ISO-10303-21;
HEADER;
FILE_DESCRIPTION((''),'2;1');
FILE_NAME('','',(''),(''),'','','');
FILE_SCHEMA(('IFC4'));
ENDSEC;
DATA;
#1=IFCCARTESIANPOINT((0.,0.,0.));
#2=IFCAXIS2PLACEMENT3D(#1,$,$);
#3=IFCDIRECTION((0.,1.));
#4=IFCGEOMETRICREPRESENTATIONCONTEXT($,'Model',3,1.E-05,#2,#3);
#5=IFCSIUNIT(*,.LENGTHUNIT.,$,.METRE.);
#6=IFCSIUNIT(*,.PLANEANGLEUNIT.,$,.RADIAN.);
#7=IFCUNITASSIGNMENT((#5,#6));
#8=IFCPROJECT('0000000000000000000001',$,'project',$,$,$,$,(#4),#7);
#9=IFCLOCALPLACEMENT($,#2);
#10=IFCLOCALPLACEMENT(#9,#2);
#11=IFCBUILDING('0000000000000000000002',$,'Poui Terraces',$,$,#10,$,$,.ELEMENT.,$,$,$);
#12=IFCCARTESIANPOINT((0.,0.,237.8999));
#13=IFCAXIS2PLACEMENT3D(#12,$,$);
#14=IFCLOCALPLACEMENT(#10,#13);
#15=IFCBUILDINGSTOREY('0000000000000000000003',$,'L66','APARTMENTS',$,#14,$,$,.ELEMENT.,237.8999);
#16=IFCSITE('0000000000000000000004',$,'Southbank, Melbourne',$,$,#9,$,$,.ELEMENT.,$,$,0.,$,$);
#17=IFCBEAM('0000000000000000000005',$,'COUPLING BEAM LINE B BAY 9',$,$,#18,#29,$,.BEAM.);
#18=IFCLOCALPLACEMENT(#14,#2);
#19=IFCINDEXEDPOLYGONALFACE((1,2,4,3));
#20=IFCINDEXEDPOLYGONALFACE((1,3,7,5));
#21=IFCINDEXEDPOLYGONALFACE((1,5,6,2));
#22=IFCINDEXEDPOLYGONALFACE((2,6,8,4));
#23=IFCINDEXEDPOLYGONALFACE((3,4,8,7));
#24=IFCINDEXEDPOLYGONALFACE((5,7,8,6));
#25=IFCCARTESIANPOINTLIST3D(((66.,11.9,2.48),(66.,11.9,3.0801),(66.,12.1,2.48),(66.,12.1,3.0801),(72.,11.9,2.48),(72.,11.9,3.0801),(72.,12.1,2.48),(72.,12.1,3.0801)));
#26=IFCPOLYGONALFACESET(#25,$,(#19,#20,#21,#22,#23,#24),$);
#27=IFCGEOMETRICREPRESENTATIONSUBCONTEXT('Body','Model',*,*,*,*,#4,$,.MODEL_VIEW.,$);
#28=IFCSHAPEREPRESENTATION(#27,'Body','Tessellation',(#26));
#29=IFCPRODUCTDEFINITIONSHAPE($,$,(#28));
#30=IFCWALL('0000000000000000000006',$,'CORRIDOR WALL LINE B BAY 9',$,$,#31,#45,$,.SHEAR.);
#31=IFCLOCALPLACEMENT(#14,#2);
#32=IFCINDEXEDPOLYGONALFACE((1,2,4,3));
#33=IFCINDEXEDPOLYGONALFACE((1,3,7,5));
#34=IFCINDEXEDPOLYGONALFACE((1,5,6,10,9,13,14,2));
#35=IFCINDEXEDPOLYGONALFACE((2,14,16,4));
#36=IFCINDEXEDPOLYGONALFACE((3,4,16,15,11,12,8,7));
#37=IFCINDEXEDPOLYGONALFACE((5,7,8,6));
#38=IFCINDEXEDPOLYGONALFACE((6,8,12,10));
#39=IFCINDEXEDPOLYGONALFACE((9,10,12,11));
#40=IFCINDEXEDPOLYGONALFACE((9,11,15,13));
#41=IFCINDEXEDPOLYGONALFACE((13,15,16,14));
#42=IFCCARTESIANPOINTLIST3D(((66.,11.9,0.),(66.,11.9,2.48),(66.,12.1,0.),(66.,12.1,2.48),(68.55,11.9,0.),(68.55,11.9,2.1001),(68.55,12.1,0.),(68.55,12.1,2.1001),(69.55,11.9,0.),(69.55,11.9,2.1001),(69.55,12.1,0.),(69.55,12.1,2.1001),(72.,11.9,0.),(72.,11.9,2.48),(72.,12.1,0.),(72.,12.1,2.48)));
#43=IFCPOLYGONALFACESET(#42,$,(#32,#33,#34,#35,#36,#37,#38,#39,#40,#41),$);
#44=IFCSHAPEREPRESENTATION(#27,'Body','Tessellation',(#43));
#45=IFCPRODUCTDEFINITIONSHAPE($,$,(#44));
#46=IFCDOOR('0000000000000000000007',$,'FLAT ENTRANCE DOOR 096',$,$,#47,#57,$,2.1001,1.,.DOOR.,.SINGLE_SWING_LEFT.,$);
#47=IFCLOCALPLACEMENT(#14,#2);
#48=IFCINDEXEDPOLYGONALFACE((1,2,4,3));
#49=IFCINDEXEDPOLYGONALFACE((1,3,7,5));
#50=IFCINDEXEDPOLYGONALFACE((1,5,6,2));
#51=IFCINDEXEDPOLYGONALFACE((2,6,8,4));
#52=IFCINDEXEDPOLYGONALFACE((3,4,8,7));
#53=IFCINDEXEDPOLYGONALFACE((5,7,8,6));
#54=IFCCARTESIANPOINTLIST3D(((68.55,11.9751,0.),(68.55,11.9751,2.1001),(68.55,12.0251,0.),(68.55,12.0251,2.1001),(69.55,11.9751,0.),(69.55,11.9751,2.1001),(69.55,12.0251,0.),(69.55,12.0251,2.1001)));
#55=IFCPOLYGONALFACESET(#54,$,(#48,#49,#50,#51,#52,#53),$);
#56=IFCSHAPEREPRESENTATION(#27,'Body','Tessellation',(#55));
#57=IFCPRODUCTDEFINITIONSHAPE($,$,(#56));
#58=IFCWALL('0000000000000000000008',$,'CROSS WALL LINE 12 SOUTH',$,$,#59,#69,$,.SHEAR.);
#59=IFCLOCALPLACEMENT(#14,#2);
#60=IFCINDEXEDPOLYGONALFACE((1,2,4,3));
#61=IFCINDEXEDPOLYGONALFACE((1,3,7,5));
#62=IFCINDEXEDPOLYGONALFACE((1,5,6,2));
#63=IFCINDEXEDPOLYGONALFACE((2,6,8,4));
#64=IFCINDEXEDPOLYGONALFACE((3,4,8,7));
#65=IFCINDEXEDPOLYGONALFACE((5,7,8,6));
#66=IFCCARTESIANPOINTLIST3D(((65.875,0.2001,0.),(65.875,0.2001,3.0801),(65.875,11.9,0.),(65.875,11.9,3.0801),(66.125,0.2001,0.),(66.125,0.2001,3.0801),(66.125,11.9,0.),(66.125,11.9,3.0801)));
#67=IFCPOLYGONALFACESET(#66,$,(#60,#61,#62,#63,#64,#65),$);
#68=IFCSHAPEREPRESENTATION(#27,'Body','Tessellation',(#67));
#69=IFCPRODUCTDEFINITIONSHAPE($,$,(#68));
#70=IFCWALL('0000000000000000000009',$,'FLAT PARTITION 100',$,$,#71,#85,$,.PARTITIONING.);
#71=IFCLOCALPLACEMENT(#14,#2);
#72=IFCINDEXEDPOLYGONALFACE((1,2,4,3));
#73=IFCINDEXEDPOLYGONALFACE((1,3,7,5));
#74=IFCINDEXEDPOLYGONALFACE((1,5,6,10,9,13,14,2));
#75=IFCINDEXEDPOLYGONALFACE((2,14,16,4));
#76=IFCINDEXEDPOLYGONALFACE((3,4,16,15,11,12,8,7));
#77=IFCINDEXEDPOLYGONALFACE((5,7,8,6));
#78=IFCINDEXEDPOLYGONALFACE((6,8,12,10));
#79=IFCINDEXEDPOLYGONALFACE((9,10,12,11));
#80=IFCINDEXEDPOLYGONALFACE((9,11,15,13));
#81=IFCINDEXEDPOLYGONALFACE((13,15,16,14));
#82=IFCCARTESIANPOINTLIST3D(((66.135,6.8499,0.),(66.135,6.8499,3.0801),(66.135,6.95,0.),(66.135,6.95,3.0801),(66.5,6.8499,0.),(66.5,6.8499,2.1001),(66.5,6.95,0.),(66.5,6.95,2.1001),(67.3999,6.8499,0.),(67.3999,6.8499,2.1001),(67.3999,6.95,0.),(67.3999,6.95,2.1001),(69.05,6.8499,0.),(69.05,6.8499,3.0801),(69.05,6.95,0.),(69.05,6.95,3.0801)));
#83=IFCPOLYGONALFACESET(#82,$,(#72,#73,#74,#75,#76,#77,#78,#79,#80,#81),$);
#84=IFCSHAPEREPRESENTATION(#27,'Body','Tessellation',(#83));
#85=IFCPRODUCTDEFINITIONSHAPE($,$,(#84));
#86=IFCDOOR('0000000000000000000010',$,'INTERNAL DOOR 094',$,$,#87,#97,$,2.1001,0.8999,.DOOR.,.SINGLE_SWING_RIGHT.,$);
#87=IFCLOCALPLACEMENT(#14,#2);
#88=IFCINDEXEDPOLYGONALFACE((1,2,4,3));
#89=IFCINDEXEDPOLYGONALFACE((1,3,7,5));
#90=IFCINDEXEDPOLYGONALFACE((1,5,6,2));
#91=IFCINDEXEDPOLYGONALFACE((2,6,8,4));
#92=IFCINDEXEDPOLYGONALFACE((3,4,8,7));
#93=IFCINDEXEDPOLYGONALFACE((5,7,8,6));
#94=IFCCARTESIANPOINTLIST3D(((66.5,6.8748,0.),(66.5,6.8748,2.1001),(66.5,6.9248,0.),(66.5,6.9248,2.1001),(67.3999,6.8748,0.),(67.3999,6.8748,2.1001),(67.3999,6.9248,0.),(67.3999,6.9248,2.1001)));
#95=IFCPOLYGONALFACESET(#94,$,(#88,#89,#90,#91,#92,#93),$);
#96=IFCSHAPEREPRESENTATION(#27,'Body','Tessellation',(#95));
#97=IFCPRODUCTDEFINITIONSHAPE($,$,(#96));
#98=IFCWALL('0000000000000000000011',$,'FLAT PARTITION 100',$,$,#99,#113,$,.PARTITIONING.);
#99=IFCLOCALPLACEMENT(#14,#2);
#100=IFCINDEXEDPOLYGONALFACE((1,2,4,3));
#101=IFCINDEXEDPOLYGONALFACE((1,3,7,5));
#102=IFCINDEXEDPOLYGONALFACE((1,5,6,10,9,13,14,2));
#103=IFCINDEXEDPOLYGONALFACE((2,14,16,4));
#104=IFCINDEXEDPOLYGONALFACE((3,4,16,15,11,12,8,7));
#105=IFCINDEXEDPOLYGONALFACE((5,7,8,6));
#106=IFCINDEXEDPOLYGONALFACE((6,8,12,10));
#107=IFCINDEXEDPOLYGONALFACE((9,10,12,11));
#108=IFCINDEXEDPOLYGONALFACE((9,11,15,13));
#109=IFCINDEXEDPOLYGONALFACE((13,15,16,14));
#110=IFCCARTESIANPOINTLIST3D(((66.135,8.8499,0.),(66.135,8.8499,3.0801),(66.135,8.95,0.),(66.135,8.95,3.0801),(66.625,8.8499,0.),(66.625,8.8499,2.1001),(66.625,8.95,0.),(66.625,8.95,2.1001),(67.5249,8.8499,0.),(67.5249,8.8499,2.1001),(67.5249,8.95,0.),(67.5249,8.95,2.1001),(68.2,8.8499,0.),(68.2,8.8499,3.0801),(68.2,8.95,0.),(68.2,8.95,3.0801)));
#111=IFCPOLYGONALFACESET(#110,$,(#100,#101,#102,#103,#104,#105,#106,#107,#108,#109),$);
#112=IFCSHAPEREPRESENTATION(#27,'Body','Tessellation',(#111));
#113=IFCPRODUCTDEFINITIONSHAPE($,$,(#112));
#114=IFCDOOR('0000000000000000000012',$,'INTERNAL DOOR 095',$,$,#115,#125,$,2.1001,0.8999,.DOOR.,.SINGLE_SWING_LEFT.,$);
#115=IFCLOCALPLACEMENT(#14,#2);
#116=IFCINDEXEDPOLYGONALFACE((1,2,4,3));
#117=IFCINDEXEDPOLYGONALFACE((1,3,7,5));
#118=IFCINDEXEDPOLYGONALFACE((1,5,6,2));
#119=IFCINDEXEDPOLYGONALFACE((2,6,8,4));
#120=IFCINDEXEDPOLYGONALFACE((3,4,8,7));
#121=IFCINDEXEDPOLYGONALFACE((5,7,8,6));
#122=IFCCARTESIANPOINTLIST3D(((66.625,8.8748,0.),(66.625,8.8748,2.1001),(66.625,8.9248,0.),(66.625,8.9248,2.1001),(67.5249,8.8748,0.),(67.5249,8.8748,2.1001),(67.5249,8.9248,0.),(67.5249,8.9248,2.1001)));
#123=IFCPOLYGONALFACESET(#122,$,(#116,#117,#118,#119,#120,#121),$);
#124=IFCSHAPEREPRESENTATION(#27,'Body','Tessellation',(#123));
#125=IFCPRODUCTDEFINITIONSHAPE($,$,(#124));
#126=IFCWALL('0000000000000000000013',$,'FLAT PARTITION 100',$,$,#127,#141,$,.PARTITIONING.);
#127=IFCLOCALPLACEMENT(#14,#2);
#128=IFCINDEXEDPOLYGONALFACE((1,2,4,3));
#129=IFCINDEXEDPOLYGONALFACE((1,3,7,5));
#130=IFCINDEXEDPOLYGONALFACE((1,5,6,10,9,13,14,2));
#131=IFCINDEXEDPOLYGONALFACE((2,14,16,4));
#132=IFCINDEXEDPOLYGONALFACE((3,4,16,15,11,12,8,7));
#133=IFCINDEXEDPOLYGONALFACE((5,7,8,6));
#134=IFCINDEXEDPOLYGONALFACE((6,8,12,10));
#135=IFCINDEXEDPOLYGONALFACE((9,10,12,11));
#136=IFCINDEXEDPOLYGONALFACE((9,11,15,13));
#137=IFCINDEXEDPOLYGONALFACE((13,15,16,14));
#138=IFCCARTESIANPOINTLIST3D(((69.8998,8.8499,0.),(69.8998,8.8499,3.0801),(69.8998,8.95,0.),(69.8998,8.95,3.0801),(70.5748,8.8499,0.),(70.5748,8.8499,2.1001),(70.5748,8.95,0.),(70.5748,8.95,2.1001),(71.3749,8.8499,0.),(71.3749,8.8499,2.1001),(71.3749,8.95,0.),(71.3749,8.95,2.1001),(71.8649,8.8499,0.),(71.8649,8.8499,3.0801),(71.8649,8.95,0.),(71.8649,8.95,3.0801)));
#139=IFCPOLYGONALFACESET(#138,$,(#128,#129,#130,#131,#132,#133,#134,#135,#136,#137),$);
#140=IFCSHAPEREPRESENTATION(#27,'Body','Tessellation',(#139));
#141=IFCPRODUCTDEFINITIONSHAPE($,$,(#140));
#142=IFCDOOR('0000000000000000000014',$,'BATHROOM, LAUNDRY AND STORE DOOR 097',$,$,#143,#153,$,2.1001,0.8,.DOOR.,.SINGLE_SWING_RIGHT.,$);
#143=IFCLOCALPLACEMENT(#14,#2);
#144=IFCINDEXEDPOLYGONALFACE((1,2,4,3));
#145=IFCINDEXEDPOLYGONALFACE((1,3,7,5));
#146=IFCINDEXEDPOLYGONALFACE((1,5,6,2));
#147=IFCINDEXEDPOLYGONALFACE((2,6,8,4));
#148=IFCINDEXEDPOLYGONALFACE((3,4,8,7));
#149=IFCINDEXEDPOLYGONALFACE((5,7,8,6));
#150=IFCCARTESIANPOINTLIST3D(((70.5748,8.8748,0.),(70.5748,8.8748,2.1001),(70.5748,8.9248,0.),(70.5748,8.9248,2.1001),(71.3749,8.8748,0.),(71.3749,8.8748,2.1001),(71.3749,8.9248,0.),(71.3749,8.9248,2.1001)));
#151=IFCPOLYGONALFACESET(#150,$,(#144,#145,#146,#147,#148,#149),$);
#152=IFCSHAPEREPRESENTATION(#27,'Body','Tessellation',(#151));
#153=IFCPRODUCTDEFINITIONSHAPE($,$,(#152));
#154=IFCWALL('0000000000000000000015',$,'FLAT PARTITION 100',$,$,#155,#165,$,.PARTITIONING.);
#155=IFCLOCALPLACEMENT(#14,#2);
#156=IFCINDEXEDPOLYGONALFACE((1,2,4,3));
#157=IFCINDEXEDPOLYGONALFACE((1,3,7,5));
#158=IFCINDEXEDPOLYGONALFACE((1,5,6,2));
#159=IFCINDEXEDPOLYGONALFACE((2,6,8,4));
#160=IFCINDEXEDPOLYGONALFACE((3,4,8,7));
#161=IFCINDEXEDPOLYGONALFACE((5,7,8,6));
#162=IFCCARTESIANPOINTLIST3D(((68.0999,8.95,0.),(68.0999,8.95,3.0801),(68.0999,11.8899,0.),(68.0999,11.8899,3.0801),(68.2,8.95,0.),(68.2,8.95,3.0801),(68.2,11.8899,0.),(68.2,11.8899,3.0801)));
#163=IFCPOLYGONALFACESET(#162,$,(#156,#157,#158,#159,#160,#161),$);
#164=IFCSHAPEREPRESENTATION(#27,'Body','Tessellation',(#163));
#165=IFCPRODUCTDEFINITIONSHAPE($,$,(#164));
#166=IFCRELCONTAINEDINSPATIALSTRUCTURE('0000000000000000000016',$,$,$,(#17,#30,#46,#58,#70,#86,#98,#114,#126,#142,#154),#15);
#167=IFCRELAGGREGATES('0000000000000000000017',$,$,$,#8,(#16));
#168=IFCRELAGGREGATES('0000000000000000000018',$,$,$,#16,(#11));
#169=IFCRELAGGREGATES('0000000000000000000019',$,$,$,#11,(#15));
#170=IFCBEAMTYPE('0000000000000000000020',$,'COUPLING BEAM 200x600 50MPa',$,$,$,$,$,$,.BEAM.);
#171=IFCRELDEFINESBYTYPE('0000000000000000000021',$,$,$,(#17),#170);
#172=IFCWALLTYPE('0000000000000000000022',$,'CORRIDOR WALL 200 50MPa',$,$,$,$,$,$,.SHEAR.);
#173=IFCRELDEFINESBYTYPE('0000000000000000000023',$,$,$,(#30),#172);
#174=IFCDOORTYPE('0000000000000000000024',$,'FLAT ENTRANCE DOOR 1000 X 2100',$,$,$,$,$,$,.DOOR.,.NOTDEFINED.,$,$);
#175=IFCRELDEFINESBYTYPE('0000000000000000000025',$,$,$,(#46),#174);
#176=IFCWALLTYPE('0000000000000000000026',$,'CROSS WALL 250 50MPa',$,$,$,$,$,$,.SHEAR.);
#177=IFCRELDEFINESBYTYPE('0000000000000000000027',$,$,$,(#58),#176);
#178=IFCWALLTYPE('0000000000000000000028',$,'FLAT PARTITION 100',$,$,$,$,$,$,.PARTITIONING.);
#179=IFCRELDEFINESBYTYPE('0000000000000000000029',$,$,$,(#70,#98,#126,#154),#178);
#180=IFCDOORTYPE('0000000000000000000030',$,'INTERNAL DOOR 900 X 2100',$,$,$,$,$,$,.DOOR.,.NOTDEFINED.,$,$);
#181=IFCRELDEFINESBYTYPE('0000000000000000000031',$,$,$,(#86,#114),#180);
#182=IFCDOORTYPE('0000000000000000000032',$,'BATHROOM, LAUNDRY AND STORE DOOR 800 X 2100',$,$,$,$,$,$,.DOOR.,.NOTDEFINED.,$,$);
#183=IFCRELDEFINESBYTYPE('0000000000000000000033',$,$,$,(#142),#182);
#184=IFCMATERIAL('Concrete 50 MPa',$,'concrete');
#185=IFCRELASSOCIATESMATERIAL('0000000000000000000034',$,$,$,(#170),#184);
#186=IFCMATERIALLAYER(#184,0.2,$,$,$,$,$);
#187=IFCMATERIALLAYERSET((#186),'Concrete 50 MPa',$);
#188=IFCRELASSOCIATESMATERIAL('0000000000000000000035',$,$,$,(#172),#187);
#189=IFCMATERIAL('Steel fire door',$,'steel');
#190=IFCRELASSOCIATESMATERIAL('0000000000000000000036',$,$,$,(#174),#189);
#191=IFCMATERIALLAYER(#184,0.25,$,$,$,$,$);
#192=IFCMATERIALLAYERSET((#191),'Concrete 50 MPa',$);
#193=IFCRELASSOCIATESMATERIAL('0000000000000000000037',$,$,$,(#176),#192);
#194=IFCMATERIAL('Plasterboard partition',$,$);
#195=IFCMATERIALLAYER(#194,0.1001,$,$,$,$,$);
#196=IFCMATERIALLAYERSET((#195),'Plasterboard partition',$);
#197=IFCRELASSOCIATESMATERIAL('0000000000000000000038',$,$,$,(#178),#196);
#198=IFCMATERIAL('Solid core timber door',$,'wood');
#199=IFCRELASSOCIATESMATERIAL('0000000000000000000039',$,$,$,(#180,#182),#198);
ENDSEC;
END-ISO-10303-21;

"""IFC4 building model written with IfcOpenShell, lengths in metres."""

from ifc_helpers import new_model, si_unit, direction, frame, frame_2d, origin, origin_2d, place, context, subcontext, project, spatial, rectangle, extrude, source, transform, mapped, material, layer, layer_set, material_profile, profile_set, type_object, element, fill, save


model = new_model("IFC4")

# Units and contexts
model_context = context("Model", 3, precision=1e-05, world=origin(), true_north=direction((0.0, 1.0)))
body_context = subcontext(model_context, "Body", "Model", "MODEL_VIEW")
ifc_project = project(units=[si_unit("LENGTHUNIT", "METRE"), si_unit("PLANEANGLEUNIT", "RADIAN")], contexts=[model_context])

# Site, building, storey
site_placement = place(None, origin())
site = spatial("IfcSite", under=ifc_project, at=site_placement, Name="Southbank, Melbourne", CompositionType="ELEMENT", RefElevation=0.0)
building_placement = place(site_placement, origin())
building = spatial("IfcBuilding", under=site, at=building_placement, Name="Poui Terraces", CompositionType="ELEMENT")
storey_placement = place(building_placement, frame((0.0, 0.0, 237.8999)))
storey = spatial("IfcBuildingStorey", under=building, at=storey_placement, Name="L66", Description="APARTMENTS", CompositionType="ELEMENT", Elevation=237.8999)

# Beam
ifc_material_1 = material(Name="Concrete 50 MPa", Category="concrete")
ifc_material_profile = material_profile(ifc_material_1, rectangle(XDim=0.2, YDim=0.6001, at=origin_2d()), Name="RC 200x600")
ifc_profile_set = profile_set([ifc_material_profile], Name="Concrete 50 MPa")
beam_type = type_object("IfcBeamType", Name="COUPLING BEAM 200x600 50MPa", PredefinedType="BEAM", material=ifc_profile_set)
shared_shape_1 = source(origin(), body_context, "Body", "SweptSolid", [
    extrude(rectangle(XDim=0.2, YDim=0.6001, at=origin_2d()), origin(), (0.0, 0.0, 1.0), 6.0),
])
beam_placement = place(storey_placement, frame((66.0, 12.0, 2.78), z_axis=(1.0, 0.0, 0.0), x_axis=(0.0, 1.0, 0.0)))
element("IfcBeam", 1, at=beam_placement, inside=storey, type_object=beam_type, Name="COUPLING BEAM LINE B BAY 9", PredefinedType="BEAM", context=body_context, shape_type="MappedRepresentation", body=[
    mapped(shared_shape_1, transform((0.0, 0.0, 0.0))),
])

# Wall, opening, door
ifc_layer_1 = layer(ifc_material_1, 0.2)
ifc_layer_set_1 = layer_set([ifc_layer_1], Name="Concrete 50 MPa")
wall_type_1 = type_object("IfcWallType", Name="CORRIDOR WALL 200 50MPa", PredefinedType="SHEAR", material=ifc_layer_set_1)
wall_1_placement = place(storey_placement, frame((66.0, 12.0, 0.0), z_axis=(0.0, 0.0, 1.0), x_axis=(1.0, 0.0, 0.0)))
wall_1 = element("IfcWall", 2, at=wall_1_placement, inside=storey, type_object=wall_type_1, Name="CORRIDOR WALL LINE B BAY 9", PredefinedType="SHEAR", context=body_context, shape_type="SweptSolid", body=[
    extrude(rectangle(XDim=6.0, YDim=0.2, at=frame_2d((3.0, 0.0))), origin(), (0.0, 0.0, 1.0), 2.48),
])
opening_1_placement = place(wall_1_placement, frame((2.55, 0.0, 0.0)))
opening_1 = element("IfcOpeningElement", 3, at=opening_1_placement, cuts=wall_1, PredefinedType="OPENING", context=body_context, shape_type="SweptSolid", body=[
    extrude(rectangle(XDim=1.0, YDim=2.1001, at=frame_2d((0.5, 1.05))), frame((0.0, 0.1099, 0.0), z_axis=(0.0, -1.0, 0.0), x_axis=(1.0, 0.0, 0.0)), (0.0, 0.0, 1.0), 0.22),
])
ifc_material_2 = material(Name="Steel fire door", Category="steel")
door_type_1 = type_object("IfcDoorType", Name="FLAT ENTRANCE DOOR 1000 X 2100", OperationType="NOTDEFINED", PredefinedType="DOOR", material=ifc_material_2)
door_1_placement = place(opening_1_placement, frame((1.0, 0.0, 0.0), z_axis=(0.0, 0.0, 1.0), x_axis=(-1.0, 0.0, 0.0)))
door_1 = element("IfcDoor", 4, at=door_1_placement, inside=storey, type_object=door_type_1, Name="FLAT ENTRANCE DOOR 096", OperationType="SINGLE_SWING_LEFT", OverallHeight=2.1001, OverallWidth=1.0, PredefinedType="DOOR", context=body_context, shape_type="SweptSolid", body=[
    extrude(rectangle(XDim=1.0, YDim=2.1001, at=frame_2d((0.5, 1.05))), frame((0.0, 0.0249, 0.0), z_axis=(0.0, -1.0, 0.0), x_axis=(1.0, 0.0, 0.0)), (0.0, 0.0, 1.0), 0.05),
])
fill(opening_1, door_1)

# Wall
ifc_layer_2 = layer(ifc_material_1, 0.25)
ifc_layer_set_2 = layer_set([ifc_layer_2], Name="Concrete 50 MPa")
wall_type_2 = type_object("IfcWallType", Name="CROSS WALL 250 50MPa", PredefinedType="SHEAR", material=ifc_layer_set_2)
wall_2_placement = place(storey_placement, frame((66.0, 0.2, 0.0), z_axis=(0.0, 0.0, 1.0), x_axis=(0.0, 1.0, 0.0)))
element("IfcWall", 5, at=wall_2_placement, inside=storey, type_object=wall_type_2, Name="CROSS WALL LINE 12 SOUTH", PredefinedType="SHEAR", context=body_context, shape_type="SweptSolid", body=[
    extrude(rectangle(XDim=11.7, YDim=0.25, at=frame_2d((5.8501, 0.0))), origin(), (0.0, 0.0, 1.0), 3.0801),
])

# Walls, openings, doors
ifc_material_3 = material(Name="Plasterboard partition")
ifc_layer_3 = layer(ifc_material_3, 0.1001)
ifc_layer_set_3 = layer_set([ifc_layer_3], Name="Plasterboard partition")
wall_type_3 = type_object("IfcWallType", Name="FLAT PARTITION 100", PredefinedType="PARTITIONING", material=ifc_layer_set_3)
wall_3_placement = place(storey_placement, frame((66.135, 6.8999, 0.0), z_axis=(0.0, 0.0, 1.0), x_axis=(1.0, 0.0, 0.0)))
wall_3 = element("IfcWall", 6, at=wall_3_placement, inside=storey, type_object=wall_type_3, Name="FLAT PARTITION 100", PredefinedType="PARTITIONING", context=body_context, shape_type="SweptSolid", body=[
    extrude(rectangle(XDim=2.915, YDim=0.1001, at=frame_2d((1.4575, 0.0))), origin(), (0.0, 0.0, 1.0), 3.0801),
])
opening_2_placement = place(wall_3_placement, frame((0.365, 0.0, 0.0)))
opening_2 = element("IfcOpeningElement", 7, at=opening_2_placement, cuts=wall_3, PredefinedType="OPENING", context=body_context, shape_type="SweptSolid", body=[
    extrude(rectangle(XDim=0.8999, YDim=2.1001, at=frame_2d((0.45, 1.05))), frame((0.0, 0.0601, 0.0), z_axis=(0.0, -1.0, 0.0), x_axis=(1.0, 0.0, 0.0)), (0.0, 0.0, 1.0), 0.1201),
])
ifc_material_4 = material(Name="Solid core timber door", Category="wood")
door_type_2 = type_object("IfcDoorType", Name="INTERNAL DOOR 900 X 2100", OperationType="NOTDEFINED", PredefinedType="DOOR", material=ifc_material_4)
door_2_placement = place(opening_2_placement, origin())
door_2 = element("IfcDoor", 8, at=door_2_placement, inside=storey, type_object=door_type_2, Name="INTERNAL DOOR 094", OperationType="SINGLE_SWING_RIGHT", OverallHeight=2.1001, OverallWidth=0.8999, PredefinedType="DOOR", context=body_context, shape_type="SweptSolid", body=[
    extrude(rectangle(XDim=0.8999, YDim=2.1001, at=frame_2d((0.45, 1.05))), frame((0.0, 0.0249, 0.0), z_axis=(0.0, -1.0, 0.0), x_axis=(1.0, 0.0, 0.0)), (0.0, 0.0, 1.0), 0.05),
])
fill(opening_2, door_2)
wall_4_placement = place(storey_placement, frame((66.135, 8.8999, 0.0), z_axis=(0.0, 0.0, 1.0), x_axis=(1.0, 0.0, 0.0)))
wall_4 = element("IfcWall", 9, at=wall_4_placement, inside=storey, type_object=wall_type_3, Name="FLAT PARTITION 100", PredefinedType="PARTITIONING", context=body_context, shape_type="SweptSolid", body=[
    extrude(rectangle(XDim=2.0649, YDim=0.1001, at=frame_2d((1.0325, 0.0))), origin(), (0.0, 0.0, 1.0), 3.0801),
])
opening_3_placement = place(wall_4_placement, frame((0.49, 0.0, 0.0)))
opening_3 = element("IfcOpeningElement", 10, at=opening_3_placement, cuts=wall_4, PredefinedType="OPENING", context=body_context, shape_type="SweptSolid", body=[
    extrude(rectangle(XDim=0.8999, YDim=2.1001, at=frame_2d((0.45, 1.05))), frame((0.0, 0.0601, 0.0), z_axis=(0.0, -1.0, 0.0), x_axis=(1.0, 0.0, 0.0)), (0.0, 0.0, 1.0), 0.1201),
])
door_3_placement = place(opening_3_placement, origin())
door_3 = element("IfcDoor", 11, at=door_3_placement, inside=storey, type_object=door_type_2, Name="INTERNAL DOOR 095", OperationType="SINGLE_SWING_LEFT", OverallHeight=2.1001, OverallWidth=0.8999, PredefinedType="DOOR", context=body_context, shape_type="SweptSolid", body=[
    extrude(rectangle(XDim=0.8999, YDim=2.1001, at=frame_2d((0.45, 1.05))), frame((0.0, 0.0249, 0.0), z_axis=(0.0, -1.0, 0.0), x_axis=(1.0, 0.0, 0.0)), (0.0, 0.0, 1.0), 0.05),
])
fill(opening_3, door_3)
wall_5_placement = place(storey_placement, frame((69.8999, 8.8999, 0.0), z_axis=(0.0, 0.0, 1.0), x_axis=(1.0, 0.0, 0.0)))
wall_5 = element("IfcWall", 12, at=wall_5_placement, inside=storey, type_object=wall_type_3, Name="FLAT PARTITION 100", PredefinedType="PARTITIONING", context=body_context, shape_type="SweptSolid", body=[
    extrude(rectangle(XDim=1.9651, YDim=0.1001, at=frame_2d((0.9824, 0.0))), origin(), (0.0, 0.0, 1.0), 3.0801),
])
opening_4_placement = place(wall_5_placement, frame((0.675, 0.0, 0.0)))
opening_4 = element("IfcOpeningElement", 13, at=opening_4_placement, cuts=wall_5, PredefinedType="OPENING", context=body_context, shape_type="SweptSolid", body=[
    extrude(rectangle(XDim=0.8, YDim=2.1001, at=frame_2d((0.3999, 1.05))), frame((0.0, 0.0601, 0.0), z_axis=(0.0, -1.0, 0.0), x_axis=(1.0, 0.0, 0.0)), (0.0, 0.0, 1.0), 0.1201),
])
door_type_3 = type_object("IfcDoorType", Name="BATHROOM, LAUNDRY AND STORE DOOR 800 X 2100", OperationType="NOTDEFINED", PredefinedType="DOOR", material=ifc_material_4)
door_4_placement = place(opening_4_placement, origin())
door_4 = element("IfcDoor", 14, at=door_4_placement, inside=storey, type_object=door_type_3, Name="BATHROOM, LAUNDRY AND STORE DOOR 097", OperationType="SINGLE_SWING_RIGHT", OverallHeight=2.1001, OverallWidth=0.8, PredefinedType="DOOR", context=body_context, shape_type="SweptSolid", body=[
    extrude(rectangle(XDim=0.8, YDim=2.1001, at=frame_2d((0.3999, 1.05))), frame((0.0, 0.0249, 0.0), z_axis=(0.0, -1.0, 0.0), x_axis=(1.0, 0.0, 0.0)), (0.0, 0.0, 1.0), 0.05),
])
fill(opening_4, door_4)

# Wall
wall_6_placement = place(storey_placement, frame((68.1499, 8.95, 0.0), z_axis=(0.0, 0.0, 1.0), x_axis=(0.0, 1.0, 0.0)))
element("IfcWall", 15, at=wall_6_placement, inside=storey, type_object=wall_type_3, Name="FLAT PARTITION 100", PredefinedType="PARTITIONING", context=body_context, shape_type="SweptSolid", body=[
    extrude(rectangle(XDim=2.9399, YDim=0.1001, at=frame_2d((1.47, 0.0))), origin(), (0.0, 0.0, 1.0), 3.0801),
])

save(model, "model.ifc")
